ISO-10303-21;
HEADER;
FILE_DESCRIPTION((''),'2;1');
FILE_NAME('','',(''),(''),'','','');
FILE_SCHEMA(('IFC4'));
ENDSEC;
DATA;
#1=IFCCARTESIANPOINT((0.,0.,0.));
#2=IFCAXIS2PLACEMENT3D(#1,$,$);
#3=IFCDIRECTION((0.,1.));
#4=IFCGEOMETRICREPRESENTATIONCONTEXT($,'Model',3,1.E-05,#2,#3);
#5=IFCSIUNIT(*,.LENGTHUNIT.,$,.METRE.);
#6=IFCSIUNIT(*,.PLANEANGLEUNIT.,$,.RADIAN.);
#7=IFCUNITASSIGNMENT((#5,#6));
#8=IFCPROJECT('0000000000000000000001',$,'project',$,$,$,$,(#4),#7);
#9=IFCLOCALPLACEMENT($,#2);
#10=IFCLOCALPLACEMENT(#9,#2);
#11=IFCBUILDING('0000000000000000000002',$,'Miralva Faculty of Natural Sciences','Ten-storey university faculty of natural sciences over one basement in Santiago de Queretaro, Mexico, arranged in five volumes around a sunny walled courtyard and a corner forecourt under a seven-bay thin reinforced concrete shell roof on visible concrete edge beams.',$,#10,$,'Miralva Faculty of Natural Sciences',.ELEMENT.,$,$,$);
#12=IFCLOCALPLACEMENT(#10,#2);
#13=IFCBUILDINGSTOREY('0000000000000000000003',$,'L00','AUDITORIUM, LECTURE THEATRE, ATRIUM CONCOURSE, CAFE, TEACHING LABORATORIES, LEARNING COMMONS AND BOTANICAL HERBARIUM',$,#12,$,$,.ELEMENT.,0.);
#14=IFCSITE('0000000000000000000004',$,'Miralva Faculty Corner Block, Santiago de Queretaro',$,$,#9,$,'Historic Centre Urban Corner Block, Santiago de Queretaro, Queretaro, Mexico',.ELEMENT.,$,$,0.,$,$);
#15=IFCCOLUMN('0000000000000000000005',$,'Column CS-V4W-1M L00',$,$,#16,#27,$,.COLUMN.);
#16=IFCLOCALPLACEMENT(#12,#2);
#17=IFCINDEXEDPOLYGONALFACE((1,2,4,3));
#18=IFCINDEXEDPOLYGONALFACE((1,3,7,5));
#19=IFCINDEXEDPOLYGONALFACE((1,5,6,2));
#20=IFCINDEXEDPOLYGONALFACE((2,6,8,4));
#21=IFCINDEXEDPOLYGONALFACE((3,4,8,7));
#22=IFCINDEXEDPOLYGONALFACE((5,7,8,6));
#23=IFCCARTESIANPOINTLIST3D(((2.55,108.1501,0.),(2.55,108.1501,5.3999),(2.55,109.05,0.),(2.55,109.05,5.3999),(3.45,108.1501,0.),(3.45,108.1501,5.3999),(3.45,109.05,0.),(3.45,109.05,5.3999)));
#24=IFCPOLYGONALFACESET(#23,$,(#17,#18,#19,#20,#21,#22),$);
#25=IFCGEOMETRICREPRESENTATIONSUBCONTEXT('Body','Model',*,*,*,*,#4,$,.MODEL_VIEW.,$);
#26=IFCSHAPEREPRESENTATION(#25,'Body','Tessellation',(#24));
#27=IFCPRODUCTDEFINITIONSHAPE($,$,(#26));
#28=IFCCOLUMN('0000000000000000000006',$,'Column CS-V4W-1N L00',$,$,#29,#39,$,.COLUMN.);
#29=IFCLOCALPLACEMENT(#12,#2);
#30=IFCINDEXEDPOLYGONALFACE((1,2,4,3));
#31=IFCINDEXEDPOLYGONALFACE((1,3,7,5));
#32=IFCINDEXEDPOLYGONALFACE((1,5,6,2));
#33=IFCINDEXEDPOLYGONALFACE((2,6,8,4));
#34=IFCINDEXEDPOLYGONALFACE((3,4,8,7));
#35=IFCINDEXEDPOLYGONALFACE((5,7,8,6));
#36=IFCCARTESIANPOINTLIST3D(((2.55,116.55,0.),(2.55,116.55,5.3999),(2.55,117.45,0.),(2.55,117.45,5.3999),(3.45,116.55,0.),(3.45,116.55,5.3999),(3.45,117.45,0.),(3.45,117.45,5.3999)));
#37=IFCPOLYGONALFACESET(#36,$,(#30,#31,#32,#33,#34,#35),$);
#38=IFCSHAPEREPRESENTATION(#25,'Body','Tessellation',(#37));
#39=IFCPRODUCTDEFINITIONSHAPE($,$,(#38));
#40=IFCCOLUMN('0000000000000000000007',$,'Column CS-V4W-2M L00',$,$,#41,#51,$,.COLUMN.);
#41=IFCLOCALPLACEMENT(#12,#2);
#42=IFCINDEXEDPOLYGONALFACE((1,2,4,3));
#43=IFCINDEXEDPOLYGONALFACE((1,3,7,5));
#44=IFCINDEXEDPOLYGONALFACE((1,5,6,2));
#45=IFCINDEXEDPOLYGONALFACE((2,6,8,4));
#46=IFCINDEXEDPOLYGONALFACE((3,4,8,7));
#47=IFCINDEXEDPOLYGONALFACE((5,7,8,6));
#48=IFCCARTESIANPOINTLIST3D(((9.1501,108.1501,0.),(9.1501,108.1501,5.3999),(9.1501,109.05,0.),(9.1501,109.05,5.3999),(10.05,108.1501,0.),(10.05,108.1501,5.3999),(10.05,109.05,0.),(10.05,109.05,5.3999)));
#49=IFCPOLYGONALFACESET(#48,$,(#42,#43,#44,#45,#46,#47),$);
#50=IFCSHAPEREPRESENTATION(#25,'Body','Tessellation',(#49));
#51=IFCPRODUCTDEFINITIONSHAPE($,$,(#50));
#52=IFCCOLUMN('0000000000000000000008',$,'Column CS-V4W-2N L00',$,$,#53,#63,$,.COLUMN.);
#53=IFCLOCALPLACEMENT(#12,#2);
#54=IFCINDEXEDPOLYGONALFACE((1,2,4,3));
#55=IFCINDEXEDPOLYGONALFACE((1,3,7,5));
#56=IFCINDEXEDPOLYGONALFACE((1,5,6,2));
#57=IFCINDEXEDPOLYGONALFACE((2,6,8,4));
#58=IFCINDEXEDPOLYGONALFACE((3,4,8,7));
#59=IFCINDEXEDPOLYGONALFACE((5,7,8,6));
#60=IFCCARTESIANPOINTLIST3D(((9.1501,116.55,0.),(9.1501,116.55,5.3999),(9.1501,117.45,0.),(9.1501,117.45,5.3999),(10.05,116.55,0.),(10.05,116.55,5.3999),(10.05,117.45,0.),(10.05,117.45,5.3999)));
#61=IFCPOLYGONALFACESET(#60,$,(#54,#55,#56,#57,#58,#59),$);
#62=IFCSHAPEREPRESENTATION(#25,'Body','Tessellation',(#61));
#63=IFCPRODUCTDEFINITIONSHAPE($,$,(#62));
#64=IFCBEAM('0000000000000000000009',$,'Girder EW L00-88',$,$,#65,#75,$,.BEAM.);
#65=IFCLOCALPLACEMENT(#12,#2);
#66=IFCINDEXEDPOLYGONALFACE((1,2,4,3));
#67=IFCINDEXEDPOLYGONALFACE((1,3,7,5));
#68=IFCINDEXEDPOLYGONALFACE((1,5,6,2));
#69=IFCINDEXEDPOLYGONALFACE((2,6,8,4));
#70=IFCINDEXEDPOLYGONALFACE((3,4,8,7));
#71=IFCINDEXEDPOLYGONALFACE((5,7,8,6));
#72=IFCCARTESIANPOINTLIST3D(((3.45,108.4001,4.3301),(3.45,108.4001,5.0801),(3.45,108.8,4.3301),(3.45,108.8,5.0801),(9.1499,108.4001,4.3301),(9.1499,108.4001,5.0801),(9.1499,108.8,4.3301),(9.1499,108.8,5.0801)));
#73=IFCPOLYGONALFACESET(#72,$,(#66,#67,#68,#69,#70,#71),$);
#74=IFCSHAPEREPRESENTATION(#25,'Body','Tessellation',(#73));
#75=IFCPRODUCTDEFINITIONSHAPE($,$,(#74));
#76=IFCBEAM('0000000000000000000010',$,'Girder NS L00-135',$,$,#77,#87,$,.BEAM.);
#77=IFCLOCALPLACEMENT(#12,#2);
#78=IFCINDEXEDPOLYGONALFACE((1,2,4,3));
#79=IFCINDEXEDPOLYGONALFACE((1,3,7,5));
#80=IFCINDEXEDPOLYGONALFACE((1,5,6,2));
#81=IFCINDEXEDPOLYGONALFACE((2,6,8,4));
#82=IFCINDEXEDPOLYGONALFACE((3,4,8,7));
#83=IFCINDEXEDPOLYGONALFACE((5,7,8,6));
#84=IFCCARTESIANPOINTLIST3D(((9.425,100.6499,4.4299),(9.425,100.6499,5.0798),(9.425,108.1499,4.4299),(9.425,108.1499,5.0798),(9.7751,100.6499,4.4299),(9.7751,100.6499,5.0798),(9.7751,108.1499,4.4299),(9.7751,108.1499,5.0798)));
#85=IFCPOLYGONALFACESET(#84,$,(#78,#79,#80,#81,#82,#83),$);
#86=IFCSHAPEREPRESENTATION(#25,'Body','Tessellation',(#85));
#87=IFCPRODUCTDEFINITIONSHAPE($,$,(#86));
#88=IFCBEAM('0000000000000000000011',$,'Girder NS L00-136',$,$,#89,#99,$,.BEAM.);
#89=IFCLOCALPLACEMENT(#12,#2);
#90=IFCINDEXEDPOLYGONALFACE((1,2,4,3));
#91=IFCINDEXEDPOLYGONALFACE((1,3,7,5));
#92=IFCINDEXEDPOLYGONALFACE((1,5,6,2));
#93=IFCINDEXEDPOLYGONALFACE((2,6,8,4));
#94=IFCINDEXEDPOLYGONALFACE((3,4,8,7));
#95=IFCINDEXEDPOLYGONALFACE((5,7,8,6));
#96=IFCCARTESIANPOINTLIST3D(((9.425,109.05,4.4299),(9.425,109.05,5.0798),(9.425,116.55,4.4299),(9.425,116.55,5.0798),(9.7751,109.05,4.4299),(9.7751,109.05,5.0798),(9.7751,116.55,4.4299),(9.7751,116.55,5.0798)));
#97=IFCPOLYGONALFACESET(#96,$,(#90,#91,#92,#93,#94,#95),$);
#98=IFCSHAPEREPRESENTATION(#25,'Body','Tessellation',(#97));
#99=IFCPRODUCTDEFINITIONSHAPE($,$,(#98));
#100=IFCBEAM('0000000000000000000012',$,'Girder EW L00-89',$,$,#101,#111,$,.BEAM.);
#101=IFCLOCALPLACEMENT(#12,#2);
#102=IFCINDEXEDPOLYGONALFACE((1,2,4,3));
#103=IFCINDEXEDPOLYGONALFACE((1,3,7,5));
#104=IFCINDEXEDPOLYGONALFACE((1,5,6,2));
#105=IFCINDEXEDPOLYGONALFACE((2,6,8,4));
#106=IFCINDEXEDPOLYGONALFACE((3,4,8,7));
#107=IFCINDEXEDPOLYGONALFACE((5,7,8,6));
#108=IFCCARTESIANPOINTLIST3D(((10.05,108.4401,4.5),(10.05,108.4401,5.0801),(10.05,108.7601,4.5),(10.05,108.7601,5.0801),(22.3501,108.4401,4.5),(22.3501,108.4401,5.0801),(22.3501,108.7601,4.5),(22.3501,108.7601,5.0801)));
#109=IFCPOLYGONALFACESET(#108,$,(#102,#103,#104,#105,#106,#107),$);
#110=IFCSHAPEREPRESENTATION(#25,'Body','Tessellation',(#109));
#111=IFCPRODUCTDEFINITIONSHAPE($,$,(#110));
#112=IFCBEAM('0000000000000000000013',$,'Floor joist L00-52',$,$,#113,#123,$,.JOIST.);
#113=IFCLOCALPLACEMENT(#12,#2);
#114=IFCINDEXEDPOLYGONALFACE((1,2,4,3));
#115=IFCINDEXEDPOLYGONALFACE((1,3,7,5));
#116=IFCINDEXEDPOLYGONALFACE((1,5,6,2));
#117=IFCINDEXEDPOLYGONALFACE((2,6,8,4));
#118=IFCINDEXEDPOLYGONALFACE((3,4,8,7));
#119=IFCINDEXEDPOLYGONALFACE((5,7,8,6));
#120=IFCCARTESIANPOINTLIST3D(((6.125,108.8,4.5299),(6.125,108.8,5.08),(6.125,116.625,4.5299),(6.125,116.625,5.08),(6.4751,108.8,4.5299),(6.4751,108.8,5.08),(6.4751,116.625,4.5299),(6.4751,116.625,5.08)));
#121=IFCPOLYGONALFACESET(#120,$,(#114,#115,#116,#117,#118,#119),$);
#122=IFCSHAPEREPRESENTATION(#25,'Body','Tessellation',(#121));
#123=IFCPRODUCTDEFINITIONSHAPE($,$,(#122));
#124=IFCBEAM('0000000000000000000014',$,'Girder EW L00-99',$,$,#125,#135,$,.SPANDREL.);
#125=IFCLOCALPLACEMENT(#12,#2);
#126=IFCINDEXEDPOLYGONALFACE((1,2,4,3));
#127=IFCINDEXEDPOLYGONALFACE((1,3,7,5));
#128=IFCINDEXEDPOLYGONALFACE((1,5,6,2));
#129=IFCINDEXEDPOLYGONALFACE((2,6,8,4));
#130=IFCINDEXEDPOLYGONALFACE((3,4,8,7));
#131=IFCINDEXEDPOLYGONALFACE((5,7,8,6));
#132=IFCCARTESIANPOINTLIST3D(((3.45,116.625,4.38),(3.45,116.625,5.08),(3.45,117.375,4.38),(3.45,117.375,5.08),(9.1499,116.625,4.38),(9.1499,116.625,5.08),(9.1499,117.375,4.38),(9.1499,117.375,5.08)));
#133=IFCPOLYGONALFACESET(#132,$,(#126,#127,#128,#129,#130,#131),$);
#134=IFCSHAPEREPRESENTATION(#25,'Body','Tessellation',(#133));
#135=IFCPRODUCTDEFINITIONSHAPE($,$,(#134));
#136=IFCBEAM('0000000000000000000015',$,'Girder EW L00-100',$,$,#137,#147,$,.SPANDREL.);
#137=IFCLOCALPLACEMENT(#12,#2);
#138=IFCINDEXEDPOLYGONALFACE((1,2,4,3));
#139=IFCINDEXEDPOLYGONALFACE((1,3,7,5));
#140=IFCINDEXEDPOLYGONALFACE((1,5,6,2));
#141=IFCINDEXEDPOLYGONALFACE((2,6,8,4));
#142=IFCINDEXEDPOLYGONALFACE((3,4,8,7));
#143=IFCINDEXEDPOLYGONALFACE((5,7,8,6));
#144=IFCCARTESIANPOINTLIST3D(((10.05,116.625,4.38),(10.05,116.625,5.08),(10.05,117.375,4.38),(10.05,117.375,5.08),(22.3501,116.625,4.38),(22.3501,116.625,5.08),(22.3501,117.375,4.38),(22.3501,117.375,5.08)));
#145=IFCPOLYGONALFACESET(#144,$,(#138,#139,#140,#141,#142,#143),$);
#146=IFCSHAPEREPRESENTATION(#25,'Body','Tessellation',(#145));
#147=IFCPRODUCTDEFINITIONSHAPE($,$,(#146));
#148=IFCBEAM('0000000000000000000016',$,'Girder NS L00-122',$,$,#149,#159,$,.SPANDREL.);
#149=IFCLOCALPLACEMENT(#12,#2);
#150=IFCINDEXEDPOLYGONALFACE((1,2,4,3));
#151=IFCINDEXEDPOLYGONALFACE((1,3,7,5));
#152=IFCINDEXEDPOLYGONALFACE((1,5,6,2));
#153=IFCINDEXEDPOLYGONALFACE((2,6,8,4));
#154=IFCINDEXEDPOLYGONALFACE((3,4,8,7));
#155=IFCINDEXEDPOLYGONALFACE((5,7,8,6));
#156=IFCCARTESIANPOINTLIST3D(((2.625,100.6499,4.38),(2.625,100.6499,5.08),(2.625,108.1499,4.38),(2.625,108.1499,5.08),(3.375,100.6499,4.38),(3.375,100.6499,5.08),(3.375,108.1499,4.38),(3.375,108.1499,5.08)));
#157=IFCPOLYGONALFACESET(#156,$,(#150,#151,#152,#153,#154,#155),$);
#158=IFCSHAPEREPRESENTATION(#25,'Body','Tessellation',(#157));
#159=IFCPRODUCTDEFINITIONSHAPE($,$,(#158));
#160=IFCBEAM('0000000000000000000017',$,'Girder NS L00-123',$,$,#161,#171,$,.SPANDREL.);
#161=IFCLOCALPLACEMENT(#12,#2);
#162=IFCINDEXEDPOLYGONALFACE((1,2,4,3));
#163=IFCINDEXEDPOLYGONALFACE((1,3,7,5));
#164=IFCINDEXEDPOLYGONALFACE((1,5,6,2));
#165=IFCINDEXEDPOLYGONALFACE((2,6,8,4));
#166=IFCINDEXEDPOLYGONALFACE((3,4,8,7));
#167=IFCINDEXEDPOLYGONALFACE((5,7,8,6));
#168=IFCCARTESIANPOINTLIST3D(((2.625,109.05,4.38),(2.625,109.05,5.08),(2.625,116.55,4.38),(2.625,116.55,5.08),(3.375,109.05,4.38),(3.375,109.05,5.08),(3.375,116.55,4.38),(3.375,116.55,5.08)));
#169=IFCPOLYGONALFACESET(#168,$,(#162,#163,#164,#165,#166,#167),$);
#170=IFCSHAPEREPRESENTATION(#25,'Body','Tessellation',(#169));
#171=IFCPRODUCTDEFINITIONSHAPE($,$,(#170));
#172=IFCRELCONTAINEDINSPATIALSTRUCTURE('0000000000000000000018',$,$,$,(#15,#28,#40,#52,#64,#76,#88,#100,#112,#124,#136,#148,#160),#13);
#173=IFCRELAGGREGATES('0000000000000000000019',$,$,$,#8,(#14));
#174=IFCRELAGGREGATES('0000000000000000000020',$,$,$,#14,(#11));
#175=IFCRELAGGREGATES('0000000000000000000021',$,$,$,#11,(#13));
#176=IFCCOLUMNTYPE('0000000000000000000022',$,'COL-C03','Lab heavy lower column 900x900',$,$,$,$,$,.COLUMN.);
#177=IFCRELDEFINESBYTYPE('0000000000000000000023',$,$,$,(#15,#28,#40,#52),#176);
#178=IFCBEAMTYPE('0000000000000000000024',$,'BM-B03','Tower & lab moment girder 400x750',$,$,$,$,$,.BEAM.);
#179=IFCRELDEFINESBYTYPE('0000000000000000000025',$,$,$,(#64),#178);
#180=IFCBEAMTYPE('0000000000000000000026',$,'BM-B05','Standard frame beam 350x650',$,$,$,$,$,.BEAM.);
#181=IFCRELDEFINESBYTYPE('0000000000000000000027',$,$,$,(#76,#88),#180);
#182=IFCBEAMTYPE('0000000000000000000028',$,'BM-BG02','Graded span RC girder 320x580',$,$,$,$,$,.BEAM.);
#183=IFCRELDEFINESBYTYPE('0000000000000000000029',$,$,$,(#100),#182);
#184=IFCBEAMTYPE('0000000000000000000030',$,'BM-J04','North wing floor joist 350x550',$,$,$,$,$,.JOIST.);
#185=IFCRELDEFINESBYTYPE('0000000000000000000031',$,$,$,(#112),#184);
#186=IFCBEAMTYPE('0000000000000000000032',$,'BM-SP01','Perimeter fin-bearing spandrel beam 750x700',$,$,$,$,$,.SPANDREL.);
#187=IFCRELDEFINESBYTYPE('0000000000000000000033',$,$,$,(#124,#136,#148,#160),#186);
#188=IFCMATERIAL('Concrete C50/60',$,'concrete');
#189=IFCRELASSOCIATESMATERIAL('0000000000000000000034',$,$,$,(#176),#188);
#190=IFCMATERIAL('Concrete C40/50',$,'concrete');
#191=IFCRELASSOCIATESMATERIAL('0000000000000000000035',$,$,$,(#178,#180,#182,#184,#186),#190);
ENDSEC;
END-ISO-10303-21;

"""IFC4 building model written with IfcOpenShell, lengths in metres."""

from ifc_helpers import new_model, si_unit, direction, frame, origin, origin_2d, place, context, subcontext, project, spatial, rectangle, extrude, material, material_profile, profile_set, type_object, element, save


model = new_model("IFC4")

# Units and contexts
model_context = context("Model", 3, precision=1e-05, world=origin(), true_north=direction((0.0, 1.0)))
body_context = subcontext(model_context, "Body", "Model", "MODEL_VIEW")
ifc_project = project(units=[si_unit("LENGTHUNIT", "METRE"), si_unit("PLANEANGLEUNIT", "RADIAN")], contexts=[model_context])

# Site, building, storey
site_placement = place(None, origin())
site = spatial("IfcSite", under=ifc_project, at=site_placement, Name="Miralva Faculty Corner Block, Santiago de Queretaro", LongName="Historic Centre Urban Corner Block, Santiago de Queretaro, Queretaro, Mexico", CompositionType="ELEMENT", RefElevation=0.0)
building_placement = place(site_placement, origin())
building = spatial("IfcBuilding", under=site, at=building_placement, Name="Miralva Faculty of Natural Sciences", Description="Ten-storey university faculty of natural sciences over one basement in Santiago de Queretaro, Mexico, arranged in five volumes around a sunny walled courtyard and a corner forecourt under a seven-bay thin reinforced concrete shell roof on visible concrete edge beams.", LongName="Miralva Faculty of Natural Sciences", CompositionType="ELEMENT")
storey_placement = place(building_placement, origin())
storey = spatial("IfcBuildingStorey", under=building, at=storey_placement, Name="L00", Description="AUDITORIUM, LECTURE THEATRE, ATRIUM CONCOURSE, CAFE, TEACHING LABORATORIES, LEARNING COMMONS AND BOTANICAL HERBARIUM", CompositionType="ELEMENT", Elevation=0.0)

# Columns
ifc_material_1 = material(Name="Concrete C50/60", Category="concrete")
ifc_material_profile_1 = material_profile(ifc_material_1, rectangle(XDim=0.8999, YDim=0.8999, at=origin_2d()), Name="RC 900x900")
ifc_profile_set_1 = profile_set([ifc_material_profile_1], Name="Concrete C50/60")
column_type = type_object("IfcColumnType", Name="COL-C03", Description="Lab heavy lower column 900x900", PredefinedType="COLUMN", material=ifc_profile_set_1)
for number, where, z_axis, x_axis, name in (
    (1, (3.0, 108.6001, 0.0), (0.0, 0.0, 1.0), (1.0, 0.0, 0.0), "Column CS-V4W-1M L00"),
    (2, (3.0, 117.0, 0.0), (0.0, 0.0, 1.0), (1.0, 0.0, 0.0), "Column CS-V4W-1N L00"),
    (3, (9.6001, 108.6001, 0.0), (0.0, 0.0, 1.0), (1.0, 0.0, 0.0), "Column CS-V4W-2M L00"),
    (4, (9.6001, 117.0, 0.0), (0.0, 0.0, 1.0), (1.0, 0.0, 0.0), "Column CS-V4W-2N L00"),
):
    element("IfcColumn", number, at=place(storey_placement, frame(where, z_axis=z_axis, x_axis=x_axis)), inside=storey, type_object=column_type, Name=name, PredefinedType="COLUMN", context=body_context, shape_type="SweptSolid", body=[
        extrude(rectangle(XDim=0.8999, YDim=0.8999, at=origin_2d()), origin(), (0.0, 0.0, 1.0), 5.3999),
    ])

# Beams
ifc_material_2 = material(Name="Concrete C40/50", Category="concrete")
ifc_material_profile_2 = material_profile(ifc_material_2, rectangle(XDim=0.3999, YDim=0.75, at=origin_2d()), Name="RC 400x750")
ifc_profile_set_2 = profile_set([ifc_material_profile_2], Name="Concrete C40/50")
beam_type_1 = type_object("IfcBeamType", Name="BM-B03", Description="Tower & lab moment girder 400x750", PredefinedType="BEAM", material=ifc_profile_set_2)
beam_1_placement = place(storey_placement, frame((3.45, 108.6001, 4.7051), z_axis=(1.0, 0.0, 0.0), x_axis=(0.0, 1.0, 0.0)))
element("IfcBeam", 5, at=beam_1_placement, inside=storey, type_object=beam_type_1, Name="Girder EW L00-88", PredefinedType="BEAM", context=body_context, shape_type="SweptSolid", body=[
    extrude(rectangle(XDim=0.3999, YDim=0.75, at=origin_2d()), origin(), (0.0, 0.0, 1.0), 5.7),
])
ifc_material_profile_3 = material_profile(ifc_material_2, rectangle(XDim=0.3501, YDim=0.6499, at=origin_2d()), Name="RC 350x650")
ifc_profile_set_3 = profile_set([ifc_material_profile_3], Name="Concrete C40/50")
beam_type_2 = type_object("IfcBeamType", Name="BM-B05", Description="Standard frame beam 350x650", PredefinedType="BEAM", material=ifc_profile_set_3)
for number, where, z_axis, x_axis, name in (
    (6, (9.6001, 100.6499, 4.7549), (0.0, 1.0, 0.0), (-1.0, 0.0, 0.0), "Girder NS L00-135"),
    (7, (9.6001, 109.05, 4.7549), (0.0, 1.0, 0.0), (-1.0, 0.0, 0.0), "Girder NS L00-136"),
):
    element("IfcBeam", number, at=place(storey_placement, frame(where, z_axis=z_axis, x_axis=x_axis)), inside=storey, type_object=beam_type_2, Name=name, PredefinedType="BEAM", context=body_context, shape_type="SweptSolid", body=[
        extrude(rectangle(XDim=0.3501, YDim=0.6499, at=origin_2d()), origin(), (0.0, 0.0, 1.0), 7.5),
    ])
ifc_material_profile_4 = material_profile(ifc_material_2, rectangle(XDim=0.3201, YDim=0.5801, at=origin_2d()), Name="RC 320x580")
ifc_profile_set_4 = profile_set([ifc_material_profile_4], Name="Concrete C40/50")
beam_type_3 = type_object("IfcBeamType", Name="BM-BG02", Description="Graded span RC girder 320x580", PredefinedType="BEAM", material=ifc_profile_set_4)
beam_2_placement = place(storey_placement, frame((10.05, 108.6001, 4.79), z_axis=(1.0, 0.0, 0.0), x_axis=(0.0, 1.0, 0.0)))
element("IfcBeam", 8, at=beam_2_placement, inside=storey, type_object=beam_type_3, Name="Girder EW L00-89", PredefinedType="BEAM", context=body_context, shape_type="SweptSolid", body=[
    extrude(rectangle(XDim=0.3201, YDim=0.5801, at=origin_2d()), origin(), (0.0, 0.0, 1.0), 12.3),
])
ifc_material_profile_5 = material_profile(ifc_material_2, rectangle(XDim=0.3501, YDim=0.55, at=origin_2d()), Name="RC 350x550")
ifc_profile_set_5 = profile_set([ifc_material_profile_5], Name="Concrete C40/50")
beam_type_4 = type_object("IfcBeamType", Name="BM-J04", Description="North wing floor joist 350x550", PredefinedType="JOIST", material=ifc_profile_set_5)
beam_3_placement = place(storey_placement, frame((6.3, 108.8, 4.8049), z_axis=(0.0, 1.0, 0.0), x_axis=(-1.0, 0.0, 0.0)))
element("IfcBeam", 9, at=beam_3_placement, inside=storey, type_object=beam_type_4, Name="Floor joist L00-52", PredefinedType="JOIST", context=body_context, shape_type="SweptSolid", body=[
    extrude(rectangle(XDim=0.3501, YDim=0.55, at=origin_2d()), origin(), (0.0, 0.0, 1.0), 7.825),
])
ifc_material_profile_6 = material_profile(ifc_material_2, rectangle(XDim=0.75, YDim=0.7, at=origin_2d()), Name="RC 750x700")
ifc_profile_set_6 = profile_set([ifc_material_profile_6], Name="Concrete C40/50")
beam_type_5 = type_object("IfcBeamType", Name="BM-SP01", Description="Perimeter fin-bearing spandrel beam 750x700", PredefinedType="SPANDREL", material=ifc_profile_set_6)
beam_4_placement = place(storey_placement, frame((3.45, 117.0, 4.73), z_axis=(1.0, 0.0, 0.0), x_axis=(0.0, 1.0, 0.0)))
element("IfcBeam", 10, at=beam_4_placement, inside=storey, type_object=beam_type_5, Name="Girder EW L00-99", PredefinedType="SPANDREL", context=body_context, shape_type="SweptSolid", body=[
    extrude(rectangle(XDim=0.75, YDim=0.7, at=origin_2d()), origin(), (0.0, 0.0, 1.0), 5.7),
])
beam_5_placement = place(storey_placement, frame((10.05, 117.0, 4.73), z_axis=(1.0, 0.0, 0.0), x_axis=(0.0, 1.0, 0.0)))
element("IfcBeam", 11, at=beam_5_placement, inside=storey, type_object=beam_type_5, Name="Girder EW L00-100", PredefinedType="SPANDREL", context=body_context, shape_type="SweptSolid", body=[
    extrude(rectangle(XDim=0.75, YDim=0.7, at=origin_2d()), origin(), (0.0, 0.0, 1.0), 12.3),
])
for number, where, z_axis, x_axis, name in (
    (12, (3.0, 100.6499, 4.73), (0.0, 1.0, 0.0), (-1.0, 0.0, 0.0), "Girder NS L00-122"),
    (13, (3.0, 109.05, 4.73), (0.0, 1.0, 0.0), (-1.0, 0.0, 0.0), "Girder NS L00-123"),
):
    element("IfcBeam", number, at=place(storey_placement, frame(where, z_axis=z_axis, x_axis=x_axis)), inside=storey, type_object=beam_type_5, Name=name, PredefinedType="SPANDREL", context=body_context, shape_type="SweptSolid", body=[
        extrude(rectangle(XDim=0.75, YDim=0.7, at=origin_2d()), origin(), (0.0, 0.0, 1.0), 7.5),
    ])

save(model, "model.ifc")
